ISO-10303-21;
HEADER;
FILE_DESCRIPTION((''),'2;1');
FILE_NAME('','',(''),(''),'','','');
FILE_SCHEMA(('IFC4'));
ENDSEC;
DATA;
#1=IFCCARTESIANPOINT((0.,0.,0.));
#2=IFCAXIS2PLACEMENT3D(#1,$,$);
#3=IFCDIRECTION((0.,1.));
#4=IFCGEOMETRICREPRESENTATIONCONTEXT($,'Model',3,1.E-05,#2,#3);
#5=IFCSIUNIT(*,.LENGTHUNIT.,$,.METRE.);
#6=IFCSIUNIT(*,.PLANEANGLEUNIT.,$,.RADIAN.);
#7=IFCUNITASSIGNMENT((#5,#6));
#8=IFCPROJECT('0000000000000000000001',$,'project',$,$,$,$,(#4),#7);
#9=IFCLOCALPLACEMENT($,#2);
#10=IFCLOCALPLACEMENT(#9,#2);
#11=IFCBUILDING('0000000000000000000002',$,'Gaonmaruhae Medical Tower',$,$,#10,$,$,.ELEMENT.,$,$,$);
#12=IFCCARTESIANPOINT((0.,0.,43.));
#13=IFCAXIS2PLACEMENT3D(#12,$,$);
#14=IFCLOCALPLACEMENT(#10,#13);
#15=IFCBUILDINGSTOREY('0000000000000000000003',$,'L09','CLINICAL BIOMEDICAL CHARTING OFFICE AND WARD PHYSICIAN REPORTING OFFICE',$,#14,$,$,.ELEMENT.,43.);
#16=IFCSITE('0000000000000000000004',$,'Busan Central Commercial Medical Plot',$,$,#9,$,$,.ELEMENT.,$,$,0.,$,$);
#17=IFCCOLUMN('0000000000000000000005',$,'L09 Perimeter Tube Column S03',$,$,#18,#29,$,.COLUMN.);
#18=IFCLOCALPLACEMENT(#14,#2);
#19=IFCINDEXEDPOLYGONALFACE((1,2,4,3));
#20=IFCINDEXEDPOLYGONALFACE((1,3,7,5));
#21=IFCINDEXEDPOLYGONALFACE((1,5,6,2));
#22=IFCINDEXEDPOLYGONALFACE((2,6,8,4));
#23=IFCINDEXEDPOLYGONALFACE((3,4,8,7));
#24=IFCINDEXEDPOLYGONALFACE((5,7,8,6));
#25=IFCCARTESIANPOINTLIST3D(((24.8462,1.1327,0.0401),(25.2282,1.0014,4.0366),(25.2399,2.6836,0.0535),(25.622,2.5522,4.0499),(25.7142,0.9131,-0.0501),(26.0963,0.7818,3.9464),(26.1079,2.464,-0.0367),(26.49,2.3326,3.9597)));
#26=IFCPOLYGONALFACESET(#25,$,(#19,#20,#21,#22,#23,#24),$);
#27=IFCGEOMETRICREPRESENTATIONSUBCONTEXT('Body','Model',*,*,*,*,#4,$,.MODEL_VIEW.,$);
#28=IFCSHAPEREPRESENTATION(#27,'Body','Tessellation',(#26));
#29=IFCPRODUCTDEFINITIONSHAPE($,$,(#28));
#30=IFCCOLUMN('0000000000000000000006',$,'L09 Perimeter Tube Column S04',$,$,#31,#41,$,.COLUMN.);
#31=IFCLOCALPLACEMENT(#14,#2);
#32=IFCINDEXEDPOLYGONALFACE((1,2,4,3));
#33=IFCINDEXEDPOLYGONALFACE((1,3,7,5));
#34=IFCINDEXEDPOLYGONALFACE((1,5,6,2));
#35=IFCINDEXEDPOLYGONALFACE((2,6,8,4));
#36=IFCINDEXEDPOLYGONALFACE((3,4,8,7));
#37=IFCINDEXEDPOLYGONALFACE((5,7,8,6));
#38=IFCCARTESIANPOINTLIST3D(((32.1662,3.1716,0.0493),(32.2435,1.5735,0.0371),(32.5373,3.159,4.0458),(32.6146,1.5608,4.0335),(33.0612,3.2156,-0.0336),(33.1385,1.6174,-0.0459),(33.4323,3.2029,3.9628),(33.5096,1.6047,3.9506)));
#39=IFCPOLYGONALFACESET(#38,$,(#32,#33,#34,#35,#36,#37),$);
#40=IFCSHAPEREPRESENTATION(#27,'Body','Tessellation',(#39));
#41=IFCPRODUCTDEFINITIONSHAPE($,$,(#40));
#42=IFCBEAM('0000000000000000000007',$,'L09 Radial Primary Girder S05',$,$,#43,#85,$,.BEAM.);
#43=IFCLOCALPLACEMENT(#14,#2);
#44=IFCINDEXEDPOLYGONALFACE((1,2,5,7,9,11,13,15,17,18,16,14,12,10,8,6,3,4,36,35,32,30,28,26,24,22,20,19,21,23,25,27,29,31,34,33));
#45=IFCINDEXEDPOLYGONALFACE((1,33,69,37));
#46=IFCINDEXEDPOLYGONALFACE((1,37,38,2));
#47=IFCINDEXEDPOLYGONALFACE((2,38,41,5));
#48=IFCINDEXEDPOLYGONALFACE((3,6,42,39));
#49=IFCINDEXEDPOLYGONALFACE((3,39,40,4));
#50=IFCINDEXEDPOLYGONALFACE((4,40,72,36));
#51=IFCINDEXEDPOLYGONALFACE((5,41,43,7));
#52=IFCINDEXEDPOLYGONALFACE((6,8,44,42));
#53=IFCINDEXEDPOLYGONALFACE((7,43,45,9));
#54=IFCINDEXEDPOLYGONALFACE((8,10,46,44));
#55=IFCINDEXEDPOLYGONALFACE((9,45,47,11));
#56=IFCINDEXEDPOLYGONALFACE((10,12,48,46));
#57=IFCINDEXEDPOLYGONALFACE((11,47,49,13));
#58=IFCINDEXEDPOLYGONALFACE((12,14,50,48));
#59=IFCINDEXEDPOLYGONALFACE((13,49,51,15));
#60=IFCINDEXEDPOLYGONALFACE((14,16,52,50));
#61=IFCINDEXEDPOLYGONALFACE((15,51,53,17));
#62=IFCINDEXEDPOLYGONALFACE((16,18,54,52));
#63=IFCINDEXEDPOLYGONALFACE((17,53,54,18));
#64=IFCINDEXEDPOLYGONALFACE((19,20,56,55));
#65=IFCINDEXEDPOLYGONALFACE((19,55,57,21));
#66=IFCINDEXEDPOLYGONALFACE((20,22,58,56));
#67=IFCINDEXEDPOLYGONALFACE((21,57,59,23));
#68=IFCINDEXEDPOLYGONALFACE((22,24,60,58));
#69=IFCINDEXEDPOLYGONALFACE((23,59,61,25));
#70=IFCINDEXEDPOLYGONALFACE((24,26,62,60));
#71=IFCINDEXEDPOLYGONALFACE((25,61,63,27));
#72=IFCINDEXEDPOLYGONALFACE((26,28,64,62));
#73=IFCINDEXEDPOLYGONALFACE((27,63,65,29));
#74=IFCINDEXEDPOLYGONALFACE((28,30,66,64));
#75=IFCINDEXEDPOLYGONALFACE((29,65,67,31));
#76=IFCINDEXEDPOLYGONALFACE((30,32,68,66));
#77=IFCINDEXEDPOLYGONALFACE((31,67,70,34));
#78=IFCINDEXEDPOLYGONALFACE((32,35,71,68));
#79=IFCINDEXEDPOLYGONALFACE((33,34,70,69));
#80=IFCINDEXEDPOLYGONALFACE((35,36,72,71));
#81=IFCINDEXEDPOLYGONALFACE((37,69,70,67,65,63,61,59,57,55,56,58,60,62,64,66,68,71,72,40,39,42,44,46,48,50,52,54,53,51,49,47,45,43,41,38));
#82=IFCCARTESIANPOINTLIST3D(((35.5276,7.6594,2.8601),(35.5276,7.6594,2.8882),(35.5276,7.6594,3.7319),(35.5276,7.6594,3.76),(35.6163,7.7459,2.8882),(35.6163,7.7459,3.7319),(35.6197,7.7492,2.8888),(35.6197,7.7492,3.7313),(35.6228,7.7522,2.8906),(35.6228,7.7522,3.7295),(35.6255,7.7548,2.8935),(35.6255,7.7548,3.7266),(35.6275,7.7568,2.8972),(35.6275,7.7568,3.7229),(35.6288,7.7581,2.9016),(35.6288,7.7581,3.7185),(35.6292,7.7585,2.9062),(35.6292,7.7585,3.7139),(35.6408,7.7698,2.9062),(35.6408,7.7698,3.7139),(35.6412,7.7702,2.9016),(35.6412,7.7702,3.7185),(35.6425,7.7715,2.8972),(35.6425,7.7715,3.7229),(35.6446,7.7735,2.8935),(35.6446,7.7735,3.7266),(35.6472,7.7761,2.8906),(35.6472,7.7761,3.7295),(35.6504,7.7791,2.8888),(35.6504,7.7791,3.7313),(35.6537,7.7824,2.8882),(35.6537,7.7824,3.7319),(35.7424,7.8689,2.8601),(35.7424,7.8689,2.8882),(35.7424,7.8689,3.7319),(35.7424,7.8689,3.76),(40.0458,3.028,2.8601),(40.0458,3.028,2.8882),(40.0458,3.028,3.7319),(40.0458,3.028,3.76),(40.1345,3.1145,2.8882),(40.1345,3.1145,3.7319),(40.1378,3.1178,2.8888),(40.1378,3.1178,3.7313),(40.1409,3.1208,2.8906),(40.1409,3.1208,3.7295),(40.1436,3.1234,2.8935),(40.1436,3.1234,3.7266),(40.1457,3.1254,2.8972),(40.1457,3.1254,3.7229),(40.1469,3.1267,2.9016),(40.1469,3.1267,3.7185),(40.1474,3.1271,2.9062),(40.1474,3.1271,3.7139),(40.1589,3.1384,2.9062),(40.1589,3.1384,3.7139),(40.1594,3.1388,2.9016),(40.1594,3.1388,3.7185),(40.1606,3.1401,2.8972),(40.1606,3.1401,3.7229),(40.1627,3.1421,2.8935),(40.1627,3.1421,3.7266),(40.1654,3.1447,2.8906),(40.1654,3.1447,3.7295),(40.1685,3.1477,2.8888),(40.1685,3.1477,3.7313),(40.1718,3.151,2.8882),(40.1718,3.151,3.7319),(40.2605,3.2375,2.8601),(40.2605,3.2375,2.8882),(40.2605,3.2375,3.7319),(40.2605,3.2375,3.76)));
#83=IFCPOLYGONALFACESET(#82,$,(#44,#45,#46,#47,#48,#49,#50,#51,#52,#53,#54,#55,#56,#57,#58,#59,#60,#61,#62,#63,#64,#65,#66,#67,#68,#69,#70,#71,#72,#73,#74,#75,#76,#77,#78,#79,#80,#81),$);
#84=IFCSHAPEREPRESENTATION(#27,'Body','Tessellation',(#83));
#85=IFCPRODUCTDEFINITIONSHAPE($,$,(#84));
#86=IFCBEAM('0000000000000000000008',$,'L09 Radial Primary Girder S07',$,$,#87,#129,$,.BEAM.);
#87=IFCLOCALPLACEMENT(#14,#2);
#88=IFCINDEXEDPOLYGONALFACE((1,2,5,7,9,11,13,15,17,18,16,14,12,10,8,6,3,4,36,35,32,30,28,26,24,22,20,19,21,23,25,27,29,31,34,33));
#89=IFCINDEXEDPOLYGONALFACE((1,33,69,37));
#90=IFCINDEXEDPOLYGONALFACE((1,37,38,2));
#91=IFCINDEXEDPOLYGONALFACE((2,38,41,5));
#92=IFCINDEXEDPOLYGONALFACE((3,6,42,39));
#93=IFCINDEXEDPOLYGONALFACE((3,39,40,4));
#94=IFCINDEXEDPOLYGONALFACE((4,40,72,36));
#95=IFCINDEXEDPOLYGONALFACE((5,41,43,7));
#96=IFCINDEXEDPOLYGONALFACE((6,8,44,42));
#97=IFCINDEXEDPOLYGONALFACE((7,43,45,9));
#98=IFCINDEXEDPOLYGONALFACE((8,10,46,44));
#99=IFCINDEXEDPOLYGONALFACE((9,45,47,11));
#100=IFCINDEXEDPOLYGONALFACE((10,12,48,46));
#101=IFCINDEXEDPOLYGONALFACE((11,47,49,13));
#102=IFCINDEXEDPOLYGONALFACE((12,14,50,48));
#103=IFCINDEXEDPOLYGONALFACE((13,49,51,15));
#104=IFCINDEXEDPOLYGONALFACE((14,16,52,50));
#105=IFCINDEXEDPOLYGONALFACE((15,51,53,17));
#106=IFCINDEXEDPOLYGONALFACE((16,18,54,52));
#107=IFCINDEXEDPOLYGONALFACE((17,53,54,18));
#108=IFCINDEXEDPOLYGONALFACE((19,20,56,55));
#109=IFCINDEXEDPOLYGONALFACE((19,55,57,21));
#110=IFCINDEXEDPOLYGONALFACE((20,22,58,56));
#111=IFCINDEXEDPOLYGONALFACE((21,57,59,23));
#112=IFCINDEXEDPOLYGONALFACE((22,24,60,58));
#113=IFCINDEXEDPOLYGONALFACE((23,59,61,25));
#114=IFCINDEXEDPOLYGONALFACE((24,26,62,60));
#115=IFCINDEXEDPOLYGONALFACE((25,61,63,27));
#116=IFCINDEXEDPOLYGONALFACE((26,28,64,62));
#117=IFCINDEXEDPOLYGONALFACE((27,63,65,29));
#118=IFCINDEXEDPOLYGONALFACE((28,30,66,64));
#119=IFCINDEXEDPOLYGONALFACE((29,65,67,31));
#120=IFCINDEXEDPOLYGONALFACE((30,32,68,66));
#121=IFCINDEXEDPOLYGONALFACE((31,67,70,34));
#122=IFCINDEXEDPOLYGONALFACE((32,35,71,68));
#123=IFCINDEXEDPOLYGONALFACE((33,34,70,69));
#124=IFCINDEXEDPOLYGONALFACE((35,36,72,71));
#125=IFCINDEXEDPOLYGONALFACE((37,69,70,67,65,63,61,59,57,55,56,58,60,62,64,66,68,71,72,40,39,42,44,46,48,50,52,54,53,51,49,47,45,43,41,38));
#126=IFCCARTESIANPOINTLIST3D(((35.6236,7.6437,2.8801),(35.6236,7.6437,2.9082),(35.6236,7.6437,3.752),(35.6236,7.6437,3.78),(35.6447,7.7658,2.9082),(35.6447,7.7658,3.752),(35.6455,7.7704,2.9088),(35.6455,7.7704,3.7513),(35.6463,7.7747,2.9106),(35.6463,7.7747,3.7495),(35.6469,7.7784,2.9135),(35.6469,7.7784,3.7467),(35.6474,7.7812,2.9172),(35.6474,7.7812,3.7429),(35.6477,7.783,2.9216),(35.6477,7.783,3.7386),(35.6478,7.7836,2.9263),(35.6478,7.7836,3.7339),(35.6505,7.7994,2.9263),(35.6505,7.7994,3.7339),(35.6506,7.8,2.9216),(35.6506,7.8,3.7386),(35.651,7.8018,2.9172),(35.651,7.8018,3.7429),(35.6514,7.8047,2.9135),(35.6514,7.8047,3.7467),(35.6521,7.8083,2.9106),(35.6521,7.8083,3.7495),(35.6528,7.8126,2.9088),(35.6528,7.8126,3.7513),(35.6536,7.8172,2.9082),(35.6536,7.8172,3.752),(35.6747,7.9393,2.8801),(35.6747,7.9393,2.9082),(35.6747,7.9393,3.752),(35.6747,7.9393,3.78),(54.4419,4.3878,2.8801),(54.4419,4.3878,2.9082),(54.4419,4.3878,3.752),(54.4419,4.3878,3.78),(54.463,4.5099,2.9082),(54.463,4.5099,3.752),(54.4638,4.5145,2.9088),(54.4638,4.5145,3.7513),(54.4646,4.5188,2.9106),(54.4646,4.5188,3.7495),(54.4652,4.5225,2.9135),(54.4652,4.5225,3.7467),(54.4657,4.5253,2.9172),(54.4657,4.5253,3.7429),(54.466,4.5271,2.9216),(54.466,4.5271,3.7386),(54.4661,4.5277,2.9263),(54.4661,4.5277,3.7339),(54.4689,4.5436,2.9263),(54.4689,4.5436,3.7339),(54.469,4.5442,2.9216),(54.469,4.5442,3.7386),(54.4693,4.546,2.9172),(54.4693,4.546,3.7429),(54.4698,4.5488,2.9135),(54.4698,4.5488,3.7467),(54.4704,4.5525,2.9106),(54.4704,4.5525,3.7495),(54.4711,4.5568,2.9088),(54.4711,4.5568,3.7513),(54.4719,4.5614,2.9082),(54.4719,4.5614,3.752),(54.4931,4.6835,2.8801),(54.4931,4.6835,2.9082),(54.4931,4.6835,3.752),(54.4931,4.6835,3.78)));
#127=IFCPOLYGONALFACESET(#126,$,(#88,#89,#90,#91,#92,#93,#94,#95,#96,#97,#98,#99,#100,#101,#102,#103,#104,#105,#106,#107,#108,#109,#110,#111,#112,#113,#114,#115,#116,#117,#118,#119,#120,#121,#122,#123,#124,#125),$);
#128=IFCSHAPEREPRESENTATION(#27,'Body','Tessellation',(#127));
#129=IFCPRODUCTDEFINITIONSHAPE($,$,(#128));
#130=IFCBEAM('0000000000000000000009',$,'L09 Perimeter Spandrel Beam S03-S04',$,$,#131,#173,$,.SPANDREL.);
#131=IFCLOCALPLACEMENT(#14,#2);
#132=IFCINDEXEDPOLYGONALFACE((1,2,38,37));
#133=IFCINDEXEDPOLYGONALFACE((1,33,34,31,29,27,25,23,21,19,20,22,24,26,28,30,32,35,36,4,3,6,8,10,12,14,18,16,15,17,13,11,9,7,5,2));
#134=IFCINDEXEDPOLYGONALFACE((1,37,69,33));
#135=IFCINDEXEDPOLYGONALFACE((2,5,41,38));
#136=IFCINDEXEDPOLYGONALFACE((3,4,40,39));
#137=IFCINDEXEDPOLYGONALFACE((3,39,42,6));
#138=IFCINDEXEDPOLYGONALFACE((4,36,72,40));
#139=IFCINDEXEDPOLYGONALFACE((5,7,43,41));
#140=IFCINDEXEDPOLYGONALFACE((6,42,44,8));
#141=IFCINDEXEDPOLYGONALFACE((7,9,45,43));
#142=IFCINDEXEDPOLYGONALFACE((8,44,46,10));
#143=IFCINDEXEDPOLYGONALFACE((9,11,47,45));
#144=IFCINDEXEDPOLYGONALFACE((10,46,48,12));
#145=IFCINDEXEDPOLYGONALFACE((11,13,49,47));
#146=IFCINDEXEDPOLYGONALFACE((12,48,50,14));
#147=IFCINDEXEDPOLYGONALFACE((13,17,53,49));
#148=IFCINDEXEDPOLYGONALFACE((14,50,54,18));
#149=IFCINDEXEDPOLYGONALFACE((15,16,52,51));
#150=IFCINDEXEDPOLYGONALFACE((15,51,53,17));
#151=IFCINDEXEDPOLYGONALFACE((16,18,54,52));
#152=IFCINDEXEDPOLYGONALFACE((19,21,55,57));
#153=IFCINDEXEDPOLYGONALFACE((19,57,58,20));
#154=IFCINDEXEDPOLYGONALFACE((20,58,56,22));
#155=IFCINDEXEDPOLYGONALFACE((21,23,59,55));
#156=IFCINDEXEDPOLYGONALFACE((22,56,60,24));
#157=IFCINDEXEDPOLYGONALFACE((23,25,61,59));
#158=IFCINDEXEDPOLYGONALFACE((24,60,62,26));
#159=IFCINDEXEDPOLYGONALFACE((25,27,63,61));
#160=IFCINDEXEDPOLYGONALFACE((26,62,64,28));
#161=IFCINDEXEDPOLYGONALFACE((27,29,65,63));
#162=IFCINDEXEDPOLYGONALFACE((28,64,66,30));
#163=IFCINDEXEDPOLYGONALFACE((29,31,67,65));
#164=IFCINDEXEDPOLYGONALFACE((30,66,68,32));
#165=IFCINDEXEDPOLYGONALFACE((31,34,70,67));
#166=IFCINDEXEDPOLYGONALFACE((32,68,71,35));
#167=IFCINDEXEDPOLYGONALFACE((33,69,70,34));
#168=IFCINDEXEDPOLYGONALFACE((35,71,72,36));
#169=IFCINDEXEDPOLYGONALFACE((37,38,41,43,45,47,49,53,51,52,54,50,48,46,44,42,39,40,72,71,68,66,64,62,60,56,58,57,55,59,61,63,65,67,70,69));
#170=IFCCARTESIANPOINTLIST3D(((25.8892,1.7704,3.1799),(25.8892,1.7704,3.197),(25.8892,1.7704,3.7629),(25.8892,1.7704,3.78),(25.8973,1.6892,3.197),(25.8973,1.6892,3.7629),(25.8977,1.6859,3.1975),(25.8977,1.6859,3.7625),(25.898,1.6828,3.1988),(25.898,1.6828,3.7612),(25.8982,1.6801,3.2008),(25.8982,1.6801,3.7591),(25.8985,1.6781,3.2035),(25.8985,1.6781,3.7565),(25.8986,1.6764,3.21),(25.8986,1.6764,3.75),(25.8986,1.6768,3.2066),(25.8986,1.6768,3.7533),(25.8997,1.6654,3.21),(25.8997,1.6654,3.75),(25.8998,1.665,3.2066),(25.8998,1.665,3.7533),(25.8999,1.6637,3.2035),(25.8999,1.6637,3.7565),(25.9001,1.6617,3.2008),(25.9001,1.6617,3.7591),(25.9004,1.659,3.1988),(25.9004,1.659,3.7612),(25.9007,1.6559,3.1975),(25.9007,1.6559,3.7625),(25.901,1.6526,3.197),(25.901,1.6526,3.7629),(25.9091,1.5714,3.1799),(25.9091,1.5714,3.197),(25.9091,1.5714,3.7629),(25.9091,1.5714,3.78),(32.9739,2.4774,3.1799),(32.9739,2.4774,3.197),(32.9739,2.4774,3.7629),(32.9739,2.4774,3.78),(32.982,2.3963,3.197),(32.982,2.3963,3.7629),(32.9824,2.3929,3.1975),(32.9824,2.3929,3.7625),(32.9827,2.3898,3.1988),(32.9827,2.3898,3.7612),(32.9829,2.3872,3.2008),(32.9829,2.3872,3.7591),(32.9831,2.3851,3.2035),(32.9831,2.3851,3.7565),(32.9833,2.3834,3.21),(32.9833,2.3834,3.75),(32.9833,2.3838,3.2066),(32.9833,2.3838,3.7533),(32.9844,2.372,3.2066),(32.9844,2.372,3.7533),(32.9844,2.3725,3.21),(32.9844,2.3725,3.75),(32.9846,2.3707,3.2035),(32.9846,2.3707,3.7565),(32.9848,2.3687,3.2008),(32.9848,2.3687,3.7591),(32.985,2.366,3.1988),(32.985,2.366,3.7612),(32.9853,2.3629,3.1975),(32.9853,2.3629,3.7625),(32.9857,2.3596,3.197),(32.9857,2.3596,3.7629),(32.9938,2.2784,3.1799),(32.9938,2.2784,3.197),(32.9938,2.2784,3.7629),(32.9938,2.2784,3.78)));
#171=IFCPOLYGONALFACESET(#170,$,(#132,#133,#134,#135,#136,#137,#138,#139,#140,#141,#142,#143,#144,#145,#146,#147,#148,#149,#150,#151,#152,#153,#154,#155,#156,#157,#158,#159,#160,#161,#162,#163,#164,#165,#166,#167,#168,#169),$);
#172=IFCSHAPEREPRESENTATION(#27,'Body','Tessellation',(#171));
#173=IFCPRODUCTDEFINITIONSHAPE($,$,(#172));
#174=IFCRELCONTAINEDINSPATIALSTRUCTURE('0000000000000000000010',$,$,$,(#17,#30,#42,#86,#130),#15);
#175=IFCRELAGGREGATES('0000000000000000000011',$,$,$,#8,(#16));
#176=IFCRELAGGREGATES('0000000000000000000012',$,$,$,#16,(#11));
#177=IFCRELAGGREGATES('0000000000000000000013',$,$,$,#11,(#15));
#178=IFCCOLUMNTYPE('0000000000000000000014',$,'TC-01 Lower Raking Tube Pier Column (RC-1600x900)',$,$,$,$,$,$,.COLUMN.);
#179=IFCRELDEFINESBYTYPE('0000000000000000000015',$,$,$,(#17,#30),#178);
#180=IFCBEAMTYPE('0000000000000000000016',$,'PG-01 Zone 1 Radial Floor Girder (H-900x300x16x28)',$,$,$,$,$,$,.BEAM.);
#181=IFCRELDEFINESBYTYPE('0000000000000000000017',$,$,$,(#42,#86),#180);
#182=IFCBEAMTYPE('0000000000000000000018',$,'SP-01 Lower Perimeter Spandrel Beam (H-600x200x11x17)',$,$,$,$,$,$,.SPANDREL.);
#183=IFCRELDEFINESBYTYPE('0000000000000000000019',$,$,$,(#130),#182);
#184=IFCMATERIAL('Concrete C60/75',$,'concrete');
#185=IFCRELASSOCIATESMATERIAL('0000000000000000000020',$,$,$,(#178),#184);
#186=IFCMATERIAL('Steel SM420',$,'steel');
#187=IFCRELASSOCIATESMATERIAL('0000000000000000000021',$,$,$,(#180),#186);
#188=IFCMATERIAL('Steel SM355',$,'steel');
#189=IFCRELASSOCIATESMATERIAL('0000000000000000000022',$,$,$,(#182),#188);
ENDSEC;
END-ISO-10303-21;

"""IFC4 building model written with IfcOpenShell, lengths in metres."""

from ifc_helpers import new_model, si_unit, direction, frame, origin, origin_2d, place, context, subcontext, project, spatial, rectangle, i_section, extrude, material, material_profile, profile_set, type_object, element, save


model = new_model("IFC4")

# Units and contexts
model_context = context("Model", 3, precision=1e-05, world=origin(), true_north=direction((0.0, 1.0)))
body_context = subcontext(model_context, "Body", "Model", "MODEL_VIEW")
ifc_project = project(units=[si_unit("LENGTHUNIT", "METRE"), si_unit("PLANEANGLEUNIT", "RADIAN")], contexts=[model_context])

# Site, building, storey
site_placement = place(None, origin())
site = spatial("IfcSite", under=ifc_project, at=site_placement, Name="Busan Central Commercial Medical Plot", CompositionType="ELEMENT", RefElevation=0.0)
building_placement = place(site_placement, origin())
building = spatial("IfcBuilding", under=site, at=building_placement, Name="Gaonmaruhae Medical Tower", CompositionType="ELEMENT")
storey_placement = place(building_placement, frame((0.0, 0.0, 43.0)))
storey = spatial("IfcBuildingStorey", under=building, at=storey_placement, Name="L09", Description="CLINICAL BIOMEDICAL CHARTING OFFICE AND WARD PHYSICIAN REPORTING OFFICE", CompositionType="ELEMENT", Elevation=43.0)

# Columns
ifc_material_1 = material(Name="Concrete C60/75", Category="concrete")
ifc_material_profile_1 = material_profile(ifc_material_1, rectangle(XDim=1.6001, YDim=0.8999, at=origin_2d()), Name="RC-1600x900")
ifc_profile_set_1 = profile_set([ifc_material_profile_1], Name="Concrete C60/75")
column_type = type_object("IfcColumnType", Name="TC-01 Lower Raking Tube Pier Column (RC-1600x900)", PredefinedType="COLUMN", material=ifc_profile_set_1)
column_1_placement = place(storey_placement, frame((25.4771, 1.7983, 0.0017), z_axis=(0.095117, -0.032698, 0.994929), x_axis=(0.246067, 0.969217, 0.008329)))
element("IfcColumn", 1, at=column_1_placement, inside=storey, type_object=column_type, Name="L09 Perimeter Tube Column S03", PredefinedType="COLUMN", context=body_context, shape_type="SweptSolid", body=[
    extrude(rectangle(XDim=1.6001, YDim=0.8999, at=origin_2d()), origin(), (0.0, 0.0, 1.0), 4.0168),
])
column_2_placement = place(storey_placement, frame((32.6523, 2.3945, 0.0017), z_axis=(0.092455, -0.003163, 0.995712), x_axis=(-0.048332, 0.998802, 0.00766)))
element("IfcColumn", 2, at=column_2_placement, inside=storey, type_object=column_type, Name="L09 Perimeter Tube Column S04", PredefinedType="COLUMN", context=body_context, shape_type="SweptSolid", body=[
    extrude(rectangle(XDim=1.6001, YDim=0.8999, at=origin_2d()), origin(), (0.0, 0.0, 1.0), 4.0137),
])

# Beams
ifc_material_2 = material(Name="Steel SM420", Category="steel")
ifc_material_profile_2 = material_profile(ifc_material_2, i_section(OverallWidth=0.3, OverallDepth=0.8999, WebThickness=0.0161, FlangeThickness=0.0281, FilletRadius=0.0181, at=origin_2d()), Name="H-900x300x16x28")
ifc_profile_set_2 = profile_set([ifc_material_profile_2], Name="Steel SM420")
beam_type_1 = type_object("IfcBeamType", Name="PG-01 Zone 1 Radial Floor Girder (H-900x300x16x28)", PredefinedType="BEAM", material=ifc_profile_set_2)
beam_1_placement = place(storey_placement, frame((35.635, 7.7642, 3.3101), z_axis=(0.698298, -0.715807, 0.0), x_axis=(0.715807, 0.698298, 0.0)))
element("IfcBeam", 3, at=beam_1_placement, inside=storey, type_object=beam_type_1, Name="L09 Radial Primary Girder S05", PredefinedType="BEAM", context=body_context, shape_type="SweptSolid", body=[
    extrude(i_section(OverallWidth=0.3, OverallDepth=0.8999, WebThickness=0.0161, FlangeThickness=0.0281, FilletRadius=0.0181, at=origin_2d()), origin(), (0.0, 0.0, 1.0), 6.4702),
])
beam_2_placement = place(storey_placement, frame((35.6492, 7.7915, 3.3301), z_axis=(0.985361, -0.170482, 0.0), x_axis=(0.170482, 0.985361, 0.0)))
element("IfcBeam", 4, at=beam_2_placement, inside=storey, type_object=beam_type_1, Name="L09 Radial Primary Girder S07", PredefinedType="BEAM", context=body_context, shape_type="SweptSolid", body=[
    extrude(i_section(OverallWidth=0.3, OverallDepth=0.8999, WebThickness=0.0161, FlangeThickness=0.0281, FilletRadius=0.0181, at=origin_2d()), origin(), (0.0, 0.0, 1.0), 19.0979),
])
ifc_material_3 = material(Name="Steel SM355", Category="steel")
ifc_material_profile_3 = material_profile(ifc_material_3, i_section(OverallWidth=0.2, OverallDepth=0.6001, WebThickness=0.011, FlangeThickness=0.0171, FilletRadius=0.0129, at=origin_2d()), Name="H-600x200x11x17")
ifc_profile_set_3 = profile_set([ifc_material_profile_3], Name="Steel SM355")
beam_type_2 = type_object("IfcBeamType", Name="SP-01 Lower Perimeter Spandrel Beam (H-600x200x11x17)", PredefinedType="SPANDREL", material=ifc_profile_set_3)
for number, where, z_axis, x_axis, name in (
    (5, (25.8992, 1.6709, 3.48), (0.995057, 0.099303, 0.0), (-0.099303, 0.995057, 0.0), "L09 Perimeter Spandrel Beam S03-S04"),
):
    element("IfcBeam", number, at=place(storey_placement, frame(where, z_axis=z_axis, x_axis=x_axis)), inside=storey, type_object=beam_type_2, Name=name, PredefinedType="SPANDREL", context=body_context, shape_type="SweptSolid", body=[
        extrude(i_section(OverallWidth=0.2, OverallDepth=0.6001, WebThickness=0.011, FlangeThickness=0.0171, FilletRadius=0.0129, at=origin_2d()), origin(), (0.0, 0.0, 1.0), 7.1199),
    ])

save(model, "model.ifc")
